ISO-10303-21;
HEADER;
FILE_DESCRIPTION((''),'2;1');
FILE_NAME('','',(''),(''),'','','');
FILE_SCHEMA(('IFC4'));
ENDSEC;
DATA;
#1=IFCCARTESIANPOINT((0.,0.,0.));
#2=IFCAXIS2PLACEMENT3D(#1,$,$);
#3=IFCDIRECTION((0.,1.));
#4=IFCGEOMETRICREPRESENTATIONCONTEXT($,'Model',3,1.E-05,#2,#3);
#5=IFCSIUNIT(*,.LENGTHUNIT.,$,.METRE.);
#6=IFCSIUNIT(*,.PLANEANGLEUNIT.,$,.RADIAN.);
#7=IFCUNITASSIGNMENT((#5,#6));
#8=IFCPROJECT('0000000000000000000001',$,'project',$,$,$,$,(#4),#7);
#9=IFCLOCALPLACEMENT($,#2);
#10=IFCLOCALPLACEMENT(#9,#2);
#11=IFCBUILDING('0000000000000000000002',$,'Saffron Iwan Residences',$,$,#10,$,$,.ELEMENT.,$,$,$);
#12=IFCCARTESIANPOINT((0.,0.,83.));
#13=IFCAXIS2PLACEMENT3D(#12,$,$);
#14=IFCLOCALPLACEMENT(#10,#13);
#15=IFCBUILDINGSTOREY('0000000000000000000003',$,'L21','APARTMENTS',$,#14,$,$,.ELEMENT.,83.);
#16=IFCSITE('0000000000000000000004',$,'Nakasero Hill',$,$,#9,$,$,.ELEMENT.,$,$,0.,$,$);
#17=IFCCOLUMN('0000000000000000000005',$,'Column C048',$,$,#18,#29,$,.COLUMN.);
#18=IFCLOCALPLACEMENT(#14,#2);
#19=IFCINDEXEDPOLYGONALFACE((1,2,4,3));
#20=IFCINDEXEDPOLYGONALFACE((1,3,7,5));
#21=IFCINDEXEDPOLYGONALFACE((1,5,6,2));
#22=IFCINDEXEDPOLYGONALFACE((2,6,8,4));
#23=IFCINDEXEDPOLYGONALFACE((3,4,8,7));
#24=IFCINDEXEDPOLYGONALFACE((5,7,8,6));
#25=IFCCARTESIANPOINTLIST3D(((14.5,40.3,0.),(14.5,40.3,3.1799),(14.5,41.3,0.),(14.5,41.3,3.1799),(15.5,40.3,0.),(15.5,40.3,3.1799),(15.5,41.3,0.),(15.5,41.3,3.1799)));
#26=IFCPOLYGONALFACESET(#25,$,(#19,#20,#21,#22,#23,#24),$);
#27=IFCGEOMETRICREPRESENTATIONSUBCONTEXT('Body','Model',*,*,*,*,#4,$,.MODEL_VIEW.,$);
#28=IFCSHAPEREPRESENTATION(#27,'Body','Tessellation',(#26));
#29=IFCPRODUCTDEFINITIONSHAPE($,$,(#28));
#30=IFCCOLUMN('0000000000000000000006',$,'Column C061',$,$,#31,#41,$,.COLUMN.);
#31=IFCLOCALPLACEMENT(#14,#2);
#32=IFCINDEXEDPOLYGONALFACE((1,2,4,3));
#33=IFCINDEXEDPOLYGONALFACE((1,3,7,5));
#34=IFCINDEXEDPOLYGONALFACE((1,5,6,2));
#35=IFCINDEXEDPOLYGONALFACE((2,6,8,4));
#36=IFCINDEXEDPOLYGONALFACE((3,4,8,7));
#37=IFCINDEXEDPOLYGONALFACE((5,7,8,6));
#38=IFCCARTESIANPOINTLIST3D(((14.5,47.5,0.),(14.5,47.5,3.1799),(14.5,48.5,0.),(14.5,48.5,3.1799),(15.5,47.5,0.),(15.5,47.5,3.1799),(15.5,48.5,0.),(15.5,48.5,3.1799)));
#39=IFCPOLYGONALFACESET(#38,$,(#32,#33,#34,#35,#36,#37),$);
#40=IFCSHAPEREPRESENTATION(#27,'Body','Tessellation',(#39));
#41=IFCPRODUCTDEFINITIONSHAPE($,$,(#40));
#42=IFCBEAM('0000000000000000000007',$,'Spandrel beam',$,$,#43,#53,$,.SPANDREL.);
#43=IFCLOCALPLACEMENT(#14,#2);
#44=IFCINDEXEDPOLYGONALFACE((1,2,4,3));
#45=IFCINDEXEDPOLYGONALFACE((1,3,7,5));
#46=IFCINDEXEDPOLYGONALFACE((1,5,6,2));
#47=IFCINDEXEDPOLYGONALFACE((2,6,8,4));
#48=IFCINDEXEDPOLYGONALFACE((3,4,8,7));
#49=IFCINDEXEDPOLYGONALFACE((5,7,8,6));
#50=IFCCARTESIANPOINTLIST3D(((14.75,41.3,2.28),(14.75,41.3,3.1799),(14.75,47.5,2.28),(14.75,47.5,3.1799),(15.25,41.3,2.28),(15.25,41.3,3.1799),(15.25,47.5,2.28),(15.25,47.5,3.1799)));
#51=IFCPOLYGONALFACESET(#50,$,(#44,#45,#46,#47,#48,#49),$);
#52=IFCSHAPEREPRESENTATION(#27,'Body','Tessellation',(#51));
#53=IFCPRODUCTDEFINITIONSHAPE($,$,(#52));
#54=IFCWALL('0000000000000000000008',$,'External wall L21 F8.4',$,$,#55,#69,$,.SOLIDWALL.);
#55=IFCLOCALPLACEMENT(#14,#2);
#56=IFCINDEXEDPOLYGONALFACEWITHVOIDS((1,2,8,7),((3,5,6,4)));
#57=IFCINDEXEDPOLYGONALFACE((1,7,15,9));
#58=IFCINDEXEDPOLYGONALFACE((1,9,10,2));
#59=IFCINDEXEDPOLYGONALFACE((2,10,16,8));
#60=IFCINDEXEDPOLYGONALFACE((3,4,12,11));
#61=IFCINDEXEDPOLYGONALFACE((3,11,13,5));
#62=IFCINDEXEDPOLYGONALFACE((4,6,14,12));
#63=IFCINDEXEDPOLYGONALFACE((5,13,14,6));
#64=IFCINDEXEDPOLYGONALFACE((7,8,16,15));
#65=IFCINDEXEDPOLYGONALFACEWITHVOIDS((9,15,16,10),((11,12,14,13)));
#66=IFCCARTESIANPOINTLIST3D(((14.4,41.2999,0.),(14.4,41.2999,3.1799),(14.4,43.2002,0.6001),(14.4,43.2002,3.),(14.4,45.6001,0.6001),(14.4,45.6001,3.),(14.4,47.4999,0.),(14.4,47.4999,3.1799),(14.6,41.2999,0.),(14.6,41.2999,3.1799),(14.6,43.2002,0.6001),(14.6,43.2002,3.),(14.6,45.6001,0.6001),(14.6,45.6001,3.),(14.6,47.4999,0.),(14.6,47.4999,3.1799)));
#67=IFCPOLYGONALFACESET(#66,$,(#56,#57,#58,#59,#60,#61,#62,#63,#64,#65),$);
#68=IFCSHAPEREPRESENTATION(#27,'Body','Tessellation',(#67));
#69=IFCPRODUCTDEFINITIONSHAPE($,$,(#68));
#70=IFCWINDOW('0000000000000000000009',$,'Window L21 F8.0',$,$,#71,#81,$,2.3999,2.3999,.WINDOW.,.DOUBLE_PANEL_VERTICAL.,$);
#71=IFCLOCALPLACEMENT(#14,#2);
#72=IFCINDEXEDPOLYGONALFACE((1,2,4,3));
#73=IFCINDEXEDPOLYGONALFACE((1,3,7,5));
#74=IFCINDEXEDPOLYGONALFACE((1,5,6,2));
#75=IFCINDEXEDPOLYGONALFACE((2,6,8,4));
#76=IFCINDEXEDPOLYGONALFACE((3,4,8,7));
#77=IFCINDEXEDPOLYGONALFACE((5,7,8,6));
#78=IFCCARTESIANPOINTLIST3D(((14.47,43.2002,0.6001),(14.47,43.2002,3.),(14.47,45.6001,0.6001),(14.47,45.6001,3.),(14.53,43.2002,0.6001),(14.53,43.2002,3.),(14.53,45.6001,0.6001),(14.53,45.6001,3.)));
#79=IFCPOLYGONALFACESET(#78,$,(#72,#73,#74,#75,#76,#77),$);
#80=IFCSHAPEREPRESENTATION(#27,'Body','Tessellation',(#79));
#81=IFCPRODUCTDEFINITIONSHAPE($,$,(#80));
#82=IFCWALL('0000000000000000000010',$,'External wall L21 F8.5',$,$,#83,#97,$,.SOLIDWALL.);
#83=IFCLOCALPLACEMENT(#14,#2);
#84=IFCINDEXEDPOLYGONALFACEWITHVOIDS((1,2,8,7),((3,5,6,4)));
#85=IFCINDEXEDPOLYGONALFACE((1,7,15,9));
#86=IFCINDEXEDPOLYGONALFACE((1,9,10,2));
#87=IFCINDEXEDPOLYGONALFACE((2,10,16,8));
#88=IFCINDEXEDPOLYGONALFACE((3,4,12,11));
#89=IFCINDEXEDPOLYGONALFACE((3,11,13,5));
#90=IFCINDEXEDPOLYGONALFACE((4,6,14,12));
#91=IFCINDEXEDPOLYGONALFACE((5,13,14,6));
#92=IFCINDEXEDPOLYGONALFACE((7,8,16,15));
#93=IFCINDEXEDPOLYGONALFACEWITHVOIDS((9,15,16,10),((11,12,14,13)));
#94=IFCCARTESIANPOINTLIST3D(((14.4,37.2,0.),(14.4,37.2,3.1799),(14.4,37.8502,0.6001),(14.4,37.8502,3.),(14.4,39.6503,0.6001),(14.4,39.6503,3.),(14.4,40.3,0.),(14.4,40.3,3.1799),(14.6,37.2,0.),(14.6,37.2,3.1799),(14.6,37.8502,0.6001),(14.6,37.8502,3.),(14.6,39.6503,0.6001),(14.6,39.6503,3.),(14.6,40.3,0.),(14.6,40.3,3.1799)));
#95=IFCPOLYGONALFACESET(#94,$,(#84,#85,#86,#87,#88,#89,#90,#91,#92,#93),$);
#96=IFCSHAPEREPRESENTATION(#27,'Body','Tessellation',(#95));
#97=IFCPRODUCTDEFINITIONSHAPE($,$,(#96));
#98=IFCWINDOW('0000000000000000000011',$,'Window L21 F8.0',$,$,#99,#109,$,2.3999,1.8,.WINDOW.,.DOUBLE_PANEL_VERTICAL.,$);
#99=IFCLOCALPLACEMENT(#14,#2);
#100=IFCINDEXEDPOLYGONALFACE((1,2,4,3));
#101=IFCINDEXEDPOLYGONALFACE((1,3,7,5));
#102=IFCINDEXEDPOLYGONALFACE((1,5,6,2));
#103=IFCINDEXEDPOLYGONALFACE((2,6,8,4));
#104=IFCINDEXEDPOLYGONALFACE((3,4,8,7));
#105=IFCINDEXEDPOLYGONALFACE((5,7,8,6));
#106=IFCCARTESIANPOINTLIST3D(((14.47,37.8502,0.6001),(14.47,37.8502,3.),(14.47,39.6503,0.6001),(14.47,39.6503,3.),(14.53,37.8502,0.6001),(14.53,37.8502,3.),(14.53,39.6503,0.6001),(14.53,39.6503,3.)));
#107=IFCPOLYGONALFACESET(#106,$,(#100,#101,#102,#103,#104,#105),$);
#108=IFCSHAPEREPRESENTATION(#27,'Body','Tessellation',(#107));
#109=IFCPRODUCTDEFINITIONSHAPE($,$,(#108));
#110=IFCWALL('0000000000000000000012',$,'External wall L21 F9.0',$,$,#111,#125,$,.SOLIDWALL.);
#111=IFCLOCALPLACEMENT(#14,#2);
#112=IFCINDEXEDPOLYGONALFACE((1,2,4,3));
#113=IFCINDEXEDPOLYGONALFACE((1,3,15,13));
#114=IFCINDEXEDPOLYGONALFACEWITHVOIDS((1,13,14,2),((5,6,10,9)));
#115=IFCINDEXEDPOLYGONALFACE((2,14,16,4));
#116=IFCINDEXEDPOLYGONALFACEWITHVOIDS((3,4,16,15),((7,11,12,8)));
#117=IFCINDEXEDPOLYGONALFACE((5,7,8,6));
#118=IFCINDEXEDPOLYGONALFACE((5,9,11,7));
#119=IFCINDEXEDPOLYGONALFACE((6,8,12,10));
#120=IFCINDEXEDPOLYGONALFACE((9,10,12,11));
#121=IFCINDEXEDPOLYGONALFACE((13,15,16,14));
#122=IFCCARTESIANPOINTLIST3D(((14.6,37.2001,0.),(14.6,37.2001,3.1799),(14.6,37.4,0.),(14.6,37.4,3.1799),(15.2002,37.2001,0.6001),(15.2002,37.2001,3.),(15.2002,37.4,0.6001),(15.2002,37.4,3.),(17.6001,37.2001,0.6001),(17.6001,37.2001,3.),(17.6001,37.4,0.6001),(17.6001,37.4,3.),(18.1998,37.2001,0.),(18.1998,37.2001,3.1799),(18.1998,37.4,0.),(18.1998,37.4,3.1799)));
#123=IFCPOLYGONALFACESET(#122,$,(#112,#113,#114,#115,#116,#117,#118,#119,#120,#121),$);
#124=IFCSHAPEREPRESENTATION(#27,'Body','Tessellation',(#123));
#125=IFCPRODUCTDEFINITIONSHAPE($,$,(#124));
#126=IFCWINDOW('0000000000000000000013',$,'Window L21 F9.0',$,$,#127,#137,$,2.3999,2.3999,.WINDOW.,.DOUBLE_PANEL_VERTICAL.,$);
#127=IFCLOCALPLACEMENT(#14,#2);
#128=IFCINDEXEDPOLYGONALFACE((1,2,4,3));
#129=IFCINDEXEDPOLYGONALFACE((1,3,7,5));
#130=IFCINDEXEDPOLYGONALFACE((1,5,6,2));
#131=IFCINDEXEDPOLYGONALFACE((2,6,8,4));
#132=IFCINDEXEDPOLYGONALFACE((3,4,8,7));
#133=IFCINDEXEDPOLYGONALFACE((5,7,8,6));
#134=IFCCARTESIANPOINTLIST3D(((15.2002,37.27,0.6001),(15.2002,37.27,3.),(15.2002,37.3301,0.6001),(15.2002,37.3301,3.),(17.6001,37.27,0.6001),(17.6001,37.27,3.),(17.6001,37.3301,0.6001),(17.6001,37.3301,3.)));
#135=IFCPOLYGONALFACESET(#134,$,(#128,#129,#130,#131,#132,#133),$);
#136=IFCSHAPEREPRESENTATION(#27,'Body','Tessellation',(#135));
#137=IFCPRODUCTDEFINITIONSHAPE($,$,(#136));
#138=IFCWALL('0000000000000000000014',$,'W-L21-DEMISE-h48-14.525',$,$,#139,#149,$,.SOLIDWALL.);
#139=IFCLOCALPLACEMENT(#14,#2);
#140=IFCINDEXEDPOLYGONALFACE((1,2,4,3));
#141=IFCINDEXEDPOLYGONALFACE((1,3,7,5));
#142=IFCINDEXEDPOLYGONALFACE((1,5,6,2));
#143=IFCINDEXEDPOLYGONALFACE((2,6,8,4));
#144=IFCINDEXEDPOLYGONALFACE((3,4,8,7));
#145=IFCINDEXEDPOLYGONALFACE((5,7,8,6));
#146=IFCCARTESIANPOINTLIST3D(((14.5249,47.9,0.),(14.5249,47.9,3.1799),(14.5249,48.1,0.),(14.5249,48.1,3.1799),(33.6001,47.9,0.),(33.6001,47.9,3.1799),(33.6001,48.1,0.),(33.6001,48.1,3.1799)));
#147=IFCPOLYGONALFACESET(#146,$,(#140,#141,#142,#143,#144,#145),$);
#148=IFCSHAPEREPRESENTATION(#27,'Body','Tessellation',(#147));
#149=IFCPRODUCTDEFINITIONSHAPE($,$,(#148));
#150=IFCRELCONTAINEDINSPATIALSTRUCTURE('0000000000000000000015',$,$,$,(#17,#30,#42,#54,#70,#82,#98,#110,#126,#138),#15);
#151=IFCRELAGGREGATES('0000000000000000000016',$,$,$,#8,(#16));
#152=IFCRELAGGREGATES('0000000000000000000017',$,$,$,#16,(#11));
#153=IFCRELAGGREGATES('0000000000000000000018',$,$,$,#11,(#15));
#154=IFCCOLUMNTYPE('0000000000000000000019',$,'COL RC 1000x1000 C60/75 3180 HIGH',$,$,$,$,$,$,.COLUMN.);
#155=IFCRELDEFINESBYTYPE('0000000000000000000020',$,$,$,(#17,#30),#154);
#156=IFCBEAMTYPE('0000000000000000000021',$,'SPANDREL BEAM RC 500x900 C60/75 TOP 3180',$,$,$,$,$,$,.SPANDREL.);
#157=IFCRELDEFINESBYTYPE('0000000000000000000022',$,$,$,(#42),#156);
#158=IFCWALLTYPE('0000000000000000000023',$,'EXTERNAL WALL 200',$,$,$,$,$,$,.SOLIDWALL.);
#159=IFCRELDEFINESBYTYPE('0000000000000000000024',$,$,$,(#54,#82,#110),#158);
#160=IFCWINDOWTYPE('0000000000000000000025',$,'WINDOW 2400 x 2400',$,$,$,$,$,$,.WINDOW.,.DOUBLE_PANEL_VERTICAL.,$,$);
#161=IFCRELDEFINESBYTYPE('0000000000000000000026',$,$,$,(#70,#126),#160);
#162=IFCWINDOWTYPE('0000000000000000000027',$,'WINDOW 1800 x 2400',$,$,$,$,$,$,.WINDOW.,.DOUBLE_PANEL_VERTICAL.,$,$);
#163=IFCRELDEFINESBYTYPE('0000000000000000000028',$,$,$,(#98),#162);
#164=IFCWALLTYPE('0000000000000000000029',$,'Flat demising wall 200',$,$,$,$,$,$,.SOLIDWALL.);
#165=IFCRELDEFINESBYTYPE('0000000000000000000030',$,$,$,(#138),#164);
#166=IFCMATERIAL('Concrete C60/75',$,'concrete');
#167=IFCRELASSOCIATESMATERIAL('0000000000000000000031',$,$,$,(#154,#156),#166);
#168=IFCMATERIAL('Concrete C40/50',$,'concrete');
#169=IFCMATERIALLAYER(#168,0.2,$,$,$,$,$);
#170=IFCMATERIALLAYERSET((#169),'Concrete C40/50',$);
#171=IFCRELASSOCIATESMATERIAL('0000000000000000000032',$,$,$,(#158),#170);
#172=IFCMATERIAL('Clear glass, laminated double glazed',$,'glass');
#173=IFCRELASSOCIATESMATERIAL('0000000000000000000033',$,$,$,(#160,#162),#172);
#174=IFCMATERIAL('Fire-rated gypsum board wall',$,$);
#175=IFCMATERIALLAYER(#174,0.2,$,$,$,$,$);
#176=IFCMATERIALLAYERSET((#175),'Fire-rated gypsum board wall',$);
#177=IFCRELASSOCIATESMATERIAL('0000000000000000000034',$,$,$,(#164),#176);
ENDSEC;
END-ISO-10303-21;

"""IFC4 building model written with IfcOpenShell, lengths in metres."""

from ifc_helpers import new_model, si_unit, direction, frame, frame_2d, origin, origin_2d, place, context, subcontext, project, spatial, rectangle, extrude, source, transform, mapped, material, layer, layer_set, material_profile, profile_set, type_object, element, fill, save


model = new_model("IFC4")

# Units and contexts
model_context = context("Model", 3, precision=1e-05, world=origin(), true_north=direction((0.0, 1.0)))
body_context = subcontext(model_context, "Body", "Model", "MODEL_VIEW")
ifc_project = project(units=[si_unit("LENGTHUNIT", "METRE"), si_unit("PLANEANGLEUNIT", "RADIAN")], contexts=[model_context])

# Site, building, storey
site_placement = place(None, origin())
site = spatial("IfcSite", under=ifc_project, at=site_placement, Name="Nakasero Hill", CompositionType="ELEMENT", RefElevation=0.0)
building_placement = place(site_placement, origin())
building = spatial("IfcBuilding", under=site, at=building_placement, Name="Saffron Iwan Residences", CompositionType="ELEMENT")
storey_placement = place(building_placement, frame((0.0, 0.0, 83.0)))
storey = spatial("IfcBuildingStorey", under=building, at=storey_placement, Name="L21", Description="APARTMENTS", CompositionType="ELEMENT", Elevation=83.0)

# Columns
ifc_material_1 = material(Name="Concrete C60/75", Category="concrete")
ifc_material_profile_1 = material_profile(ifc_material_1, rectangle(XDim=1.0, YDim=1.0, at=origin_2d()), Name="RC 1000x1000")
ifc_profile_set_1 = profile_set([ifc_material_profile_1], Name="Concrete C60/75")
column_type = type_object("IfcColumnType", Name="COL RC 1000x1000 C60/75 3180 HIGH", PredefinedType="COLUMN", material=ifc_profile_set_1)
shared_shape_1 = source(origin(), body_context, "Body", "SweptSolid", [
    extrude(rectangle(XDim=1.0, YDim=1.0, at=origin_2d()), origin(), (0.0, 0.0, 1.0), 3.1799),
])
for number, where, z_axis, x_axis, name in (
    (1, (15.0, 40.8, 0.0), (0.0, 0.0, 1.0), (1.0, 0.0, 0.0), "Column C048"),
    (2, (15.0, 48.0, 0.0), (0.0, 0.0, 1.0), (1.0, 0.0, 0.0), "Column C061"),
):
    element("IfcColumn", number, at=place(storey_placement, frame(where, z_axis=z_axis, x_axis=x_axis)), inside=storey, type_object=column_type, Name=name, PredefinedType="COLUMN", context=body_context, shape_type="MappedRepresentation", body=[
        mapped(shared_shape_1, transform((0.0, 0.0, 0.0))),
    ])

# Beam
ifc_material_profile_2 = material_profile(ifc_material_1, rectangle(XDim=0.5, YDim=0.8999, at=origin_2d()), Name="RC 500x900")
ifc_profile_set_2 = profile_set([ifc_material_profile_2], Name="Concrete C60/75")
beam_type = type_object("IfcBeamType", Name="SPANDREL BEAM RC 500x900 C60/75 TOP 3180", PredefinedType="SPANDREL", material=ifc_profile_set_2)
shared_shape_2 = source(origin(), body_context, "Body", "SweptSolid", [
    extrude(rectangle(XDim=0.5, YDim=0.8999, at=origin_2d()), origin(), (0.0, 0.0, 1.0), 6.2),
])
beam_placement = place(storey_placement, frame((15.0, 41.3, 2.73), z_axis=(0.0, 1.0, 0.0), x_axis=(-1.0, 0.0, 0.0)))
element("IfcBeam", 3, at=beam_placement, inside=storey, type_object=beam_type, Name="Spandrel beam", PredefinedType="SPANDREL", context=body_context, shape_type="MappedRepresentation", body=[
    mapped(shared_shape_2, transform((0.0, 0.0, 0.0))),
])

# Walls, openings, windows
ifc_material_2 = material(Name="Concrete C40/50", Category="concrete")
ifc_layer_1 = layer(ifc_material_2, 0.2)
ifc_layer_set_1 = layer_set([ifc_layer_1], Name="Concrete C40/50")
wall_type_1 = type_object("IfcWallType", Name="EXTERNAL WALL 200", PredefinedType="SOLIDWALL", material=ifc_layer_set_1)
wall_1_placement = place(storey_placement, frame((14.5, 47.5, 0.0), z_axis=(0.0, 0.0, 1.0), x_axis=(0.0, -1.0, 0.0)))
wall_1 = element("IfcWall", 4, at=wall_1_placement, inside=storey, type_object=wall_type_1, Name="External wall L21 F8.4", PredefinedType="SOLIDWALL", context=body_context, shape_type="SweptSolid", body=[
    extrude(rectangle(XDim=6.2, YDim=0.2, at=frame_2d((3.1001, 0.0))), origin(), (0.0, 0.0, 1.0), 3.1799),
])
opening_1_placement = place(wall_1_placement, frame((1.8999, 0.0, 0.6001)))
opening_1 = element("IfcOpeningElement", 5, at=opening_1_placement, cuts=wall_1, PredefinedType="OPENING", context=body_context, shape_type="SweptSolid", body=[
    extrude(rectangle(XDim=2.3999, YDim=2.3999, at=frame_2d((1.2, 1.2))), frame((0.0, 0.1099, 0.0), z_axis=(0.0, -1.0, 0.0), x_axis=(1.0, 0.0, 0.0)), (0.0, 0.0, 1.0), 0.22),
])
ifc_material_3 = material(Name="Clear glass, laminated double glazed", Category="glass")
window_type_1 = type_object("IfcWindowType", Name="WINDOW 2400 x 2400", PartitioningType="DOUBLE_PANEL_VERTICAL", PredefinedType="WINDOW", material=ifc_material_3)
window_1_placement = place(opening_1_placement, origin())
window_1 = element("IfcWindow", 6, at=window_1_placement, inside=storey, type_object=window_type_1, Name="Window L21 F8.0", OverallHeight=2.3999, OverallWidth=2.3999, PartitioningType="DOUBLE_PANEL_VERTICAL", PredefinedType="WINDOW", context=body_context, shape_type="SweptSolid", body=[
    extrude(rectangle(XDim=2.3999, YDim=2.3999, at=frame_2d((1.2, 1.2))), frame((0.0, 0.03, 0.0), z_axis=(0.0, -1.0, 0.0), x_axis=(1.0, 0.0, 0.0)), (0.0, 0.0, 1.0), 0.0601),
])
fill(opening_1, window_1)
wall_2_placement = place(storey_placement, frame((14.5, 40.3, 0.0), z_axis=(0.0, 0.0, 1.0), x_axis=(0.0, -1.0, 0.0)))
wall_2 = element("IfcWall", 7, at=wall_2_placement, inside=storey, type_object=wall_type_1, Name="External wall L21 F8.5", PredefinedType="SOLIDWALL", context=body_context, shape_type="SweptSolid", body=[
    extrude(rectangle(XDim=3.1001, YDim=0.2, at=frame_2d((1.55, 0.0))), origin(), (0.0, 0.0, 1.0), 3.1799),
])
opening_2_placement = place(wall_2_placement, frame((0.6499, 0.0, 0.6001)))
opening_2 = element("IfcOpeningElement", 8, at=opening_2_placement, cuts=wall_2, PredefinedType="OPENING", context=body_context, shape_type="SweptSolid", body=[
    extrude(rectangle(XDim=1.8, YDim=2.3999, at=frame_2d((0.8999, 1.2))), frame((0.0, 0.1099, 0.0), z_axis=(0.0, -1.0, 0.0), x_axis=(1.0, 0.0, 0.0)), (0.0, 0.0, 1.0), 0.22),
])
window_type_2 = type_object("IfcWindowType", Name="WINDOW 1800 x 2400", PartitioningType="DOUBLE_PANEL_VERTICAL", PredefinedType="WINDOW", material=ifc_material_3)
window_2_placement = place(opening_2_placement, origin())
window_2 = element("IfcWindow", 9, at=window_2_placement, inside=storey, type_object=window_type_2, Name="Window L21 F8.0", OverallHeight=2.3999, OverallWidth=1.8, PartitioningType="DOUBLE_PANEL_VERTICAL", PredefinedType="WINDOW", context=body_context, shape_type="SweptSolid", body=[
    extrude(rectangle(XDim=1.8, YDim=2.3999, at=frame_2d((0.8999, 1.2))), frame((0.0, 0.03, 0.0), z_axis=(0.0, -1.0, 0.0), x_axis=(1.0, 0.0, 0.0)), (0.0, 0.0, 1.0), 0.0601),
])
fill(opening_2, window_2)
wall_3_placement = place(storey_placement, frame((14.6001, 37.3, 0.0), z_axis=(0.0, 0.0, 1.0), x_axis=(1.0, 0.0, 0.0)))
wall_3 = element("IfcWall", 10, at=wall_3_placement, inside=storey, type_object=wall_type_1, Name="External wall L21 F9.0", PredefinedType="SOLIDWALL", context=body_context, shape_type="SweptSolid", body=[
    extrude(rectangle(XDim=3.5999, YDim=0.2, at=frame_2d((1.7998, 0.0))), origin(), (0.0, 0.0, 1.0), 3.1799),
])
opening_3_placement = place(wall_3_placement, frame((0.6001, 0.0, 0.6001)))
opening_3 = element("IfcOpeningElement", 11, at=opening_3_placement, cuts=wall_3, PredefinedType="OPENING", context=body_context, shape_type="SweptSolid", body=[
    extrude(rectangle(XDim=2.3999, YDim=2.3999, at=frame_2d((1.2, 1.2))), frame((0.0, 0.1099, 0.0), z_axis=(0.0, -1.0, 0.0), x_axis=(1.0, 0.0, 0.0)), (0.0, 0.0, 1.0), 0.22),
])
window_3_placement = place(opening_3_placement, origin())
window_3 = element("IfcWindow", 12, at=window_3_placement, inside=storey, type_object=window_type_1, Name="Window L21 F9.0", OverallHeight=2.3999, OverallWidth=2.3999, PartitioningType="DOUBLE_PANEL_VERTICAL", PredefinedType="WINDOW", context=body_context, shape_type="SweptSolid", body=[
    extrude(rectangle(XDim=2.3999, YDim=2.3999, at=frame_2d((1.2, 1.2))), frame((0.0, 0.03, 0.0), z_axis=(0.0, -1.0, 0.0), x_axis=(1.0, 0.0, 0.0)), (0.0, 0.0, 1.0), 0.0601),
])
fill(opening_3, window_3)

# Wall
ifc_material_4 = material(Name="Fire-rated gypsum board wall")
ifc_layer_2 = layer(ifc_material_4, 0.2)
ifc_layer_set_2 = layer_set([ifc_layer_2], Name="Fire-rated gypsum board wall")
wall_type_2 = type_object("IfcWallType", Name="Flat demising wall 200", PredefinedType="SOLIDWALL", material=ifc_layer_set_2)
wall_4_placement = place(storey_placement, frame((14.5249, 48.0, 0.0), z_axis=(0.0, 0.0, 1.0), x_axis=(1.0, 0.0, 0.0)))
element("IfcWall", 13, at=wall_4_placement, inside=storey, type_object=wall_type_2, Name="W-L21-DEMISE-h48-14.525", PredefinedType="SOLIDWALL", context=body_context, shape_type="SweptSolid", body=[
    extrude(rectangle(XDim=19.0752, YDim=0.2, at=frame_2d((9.5376, 0.0))), origin(), (0.0, 0.0, 1.0), 3.1799),
])

save(model, "model.ifc")
